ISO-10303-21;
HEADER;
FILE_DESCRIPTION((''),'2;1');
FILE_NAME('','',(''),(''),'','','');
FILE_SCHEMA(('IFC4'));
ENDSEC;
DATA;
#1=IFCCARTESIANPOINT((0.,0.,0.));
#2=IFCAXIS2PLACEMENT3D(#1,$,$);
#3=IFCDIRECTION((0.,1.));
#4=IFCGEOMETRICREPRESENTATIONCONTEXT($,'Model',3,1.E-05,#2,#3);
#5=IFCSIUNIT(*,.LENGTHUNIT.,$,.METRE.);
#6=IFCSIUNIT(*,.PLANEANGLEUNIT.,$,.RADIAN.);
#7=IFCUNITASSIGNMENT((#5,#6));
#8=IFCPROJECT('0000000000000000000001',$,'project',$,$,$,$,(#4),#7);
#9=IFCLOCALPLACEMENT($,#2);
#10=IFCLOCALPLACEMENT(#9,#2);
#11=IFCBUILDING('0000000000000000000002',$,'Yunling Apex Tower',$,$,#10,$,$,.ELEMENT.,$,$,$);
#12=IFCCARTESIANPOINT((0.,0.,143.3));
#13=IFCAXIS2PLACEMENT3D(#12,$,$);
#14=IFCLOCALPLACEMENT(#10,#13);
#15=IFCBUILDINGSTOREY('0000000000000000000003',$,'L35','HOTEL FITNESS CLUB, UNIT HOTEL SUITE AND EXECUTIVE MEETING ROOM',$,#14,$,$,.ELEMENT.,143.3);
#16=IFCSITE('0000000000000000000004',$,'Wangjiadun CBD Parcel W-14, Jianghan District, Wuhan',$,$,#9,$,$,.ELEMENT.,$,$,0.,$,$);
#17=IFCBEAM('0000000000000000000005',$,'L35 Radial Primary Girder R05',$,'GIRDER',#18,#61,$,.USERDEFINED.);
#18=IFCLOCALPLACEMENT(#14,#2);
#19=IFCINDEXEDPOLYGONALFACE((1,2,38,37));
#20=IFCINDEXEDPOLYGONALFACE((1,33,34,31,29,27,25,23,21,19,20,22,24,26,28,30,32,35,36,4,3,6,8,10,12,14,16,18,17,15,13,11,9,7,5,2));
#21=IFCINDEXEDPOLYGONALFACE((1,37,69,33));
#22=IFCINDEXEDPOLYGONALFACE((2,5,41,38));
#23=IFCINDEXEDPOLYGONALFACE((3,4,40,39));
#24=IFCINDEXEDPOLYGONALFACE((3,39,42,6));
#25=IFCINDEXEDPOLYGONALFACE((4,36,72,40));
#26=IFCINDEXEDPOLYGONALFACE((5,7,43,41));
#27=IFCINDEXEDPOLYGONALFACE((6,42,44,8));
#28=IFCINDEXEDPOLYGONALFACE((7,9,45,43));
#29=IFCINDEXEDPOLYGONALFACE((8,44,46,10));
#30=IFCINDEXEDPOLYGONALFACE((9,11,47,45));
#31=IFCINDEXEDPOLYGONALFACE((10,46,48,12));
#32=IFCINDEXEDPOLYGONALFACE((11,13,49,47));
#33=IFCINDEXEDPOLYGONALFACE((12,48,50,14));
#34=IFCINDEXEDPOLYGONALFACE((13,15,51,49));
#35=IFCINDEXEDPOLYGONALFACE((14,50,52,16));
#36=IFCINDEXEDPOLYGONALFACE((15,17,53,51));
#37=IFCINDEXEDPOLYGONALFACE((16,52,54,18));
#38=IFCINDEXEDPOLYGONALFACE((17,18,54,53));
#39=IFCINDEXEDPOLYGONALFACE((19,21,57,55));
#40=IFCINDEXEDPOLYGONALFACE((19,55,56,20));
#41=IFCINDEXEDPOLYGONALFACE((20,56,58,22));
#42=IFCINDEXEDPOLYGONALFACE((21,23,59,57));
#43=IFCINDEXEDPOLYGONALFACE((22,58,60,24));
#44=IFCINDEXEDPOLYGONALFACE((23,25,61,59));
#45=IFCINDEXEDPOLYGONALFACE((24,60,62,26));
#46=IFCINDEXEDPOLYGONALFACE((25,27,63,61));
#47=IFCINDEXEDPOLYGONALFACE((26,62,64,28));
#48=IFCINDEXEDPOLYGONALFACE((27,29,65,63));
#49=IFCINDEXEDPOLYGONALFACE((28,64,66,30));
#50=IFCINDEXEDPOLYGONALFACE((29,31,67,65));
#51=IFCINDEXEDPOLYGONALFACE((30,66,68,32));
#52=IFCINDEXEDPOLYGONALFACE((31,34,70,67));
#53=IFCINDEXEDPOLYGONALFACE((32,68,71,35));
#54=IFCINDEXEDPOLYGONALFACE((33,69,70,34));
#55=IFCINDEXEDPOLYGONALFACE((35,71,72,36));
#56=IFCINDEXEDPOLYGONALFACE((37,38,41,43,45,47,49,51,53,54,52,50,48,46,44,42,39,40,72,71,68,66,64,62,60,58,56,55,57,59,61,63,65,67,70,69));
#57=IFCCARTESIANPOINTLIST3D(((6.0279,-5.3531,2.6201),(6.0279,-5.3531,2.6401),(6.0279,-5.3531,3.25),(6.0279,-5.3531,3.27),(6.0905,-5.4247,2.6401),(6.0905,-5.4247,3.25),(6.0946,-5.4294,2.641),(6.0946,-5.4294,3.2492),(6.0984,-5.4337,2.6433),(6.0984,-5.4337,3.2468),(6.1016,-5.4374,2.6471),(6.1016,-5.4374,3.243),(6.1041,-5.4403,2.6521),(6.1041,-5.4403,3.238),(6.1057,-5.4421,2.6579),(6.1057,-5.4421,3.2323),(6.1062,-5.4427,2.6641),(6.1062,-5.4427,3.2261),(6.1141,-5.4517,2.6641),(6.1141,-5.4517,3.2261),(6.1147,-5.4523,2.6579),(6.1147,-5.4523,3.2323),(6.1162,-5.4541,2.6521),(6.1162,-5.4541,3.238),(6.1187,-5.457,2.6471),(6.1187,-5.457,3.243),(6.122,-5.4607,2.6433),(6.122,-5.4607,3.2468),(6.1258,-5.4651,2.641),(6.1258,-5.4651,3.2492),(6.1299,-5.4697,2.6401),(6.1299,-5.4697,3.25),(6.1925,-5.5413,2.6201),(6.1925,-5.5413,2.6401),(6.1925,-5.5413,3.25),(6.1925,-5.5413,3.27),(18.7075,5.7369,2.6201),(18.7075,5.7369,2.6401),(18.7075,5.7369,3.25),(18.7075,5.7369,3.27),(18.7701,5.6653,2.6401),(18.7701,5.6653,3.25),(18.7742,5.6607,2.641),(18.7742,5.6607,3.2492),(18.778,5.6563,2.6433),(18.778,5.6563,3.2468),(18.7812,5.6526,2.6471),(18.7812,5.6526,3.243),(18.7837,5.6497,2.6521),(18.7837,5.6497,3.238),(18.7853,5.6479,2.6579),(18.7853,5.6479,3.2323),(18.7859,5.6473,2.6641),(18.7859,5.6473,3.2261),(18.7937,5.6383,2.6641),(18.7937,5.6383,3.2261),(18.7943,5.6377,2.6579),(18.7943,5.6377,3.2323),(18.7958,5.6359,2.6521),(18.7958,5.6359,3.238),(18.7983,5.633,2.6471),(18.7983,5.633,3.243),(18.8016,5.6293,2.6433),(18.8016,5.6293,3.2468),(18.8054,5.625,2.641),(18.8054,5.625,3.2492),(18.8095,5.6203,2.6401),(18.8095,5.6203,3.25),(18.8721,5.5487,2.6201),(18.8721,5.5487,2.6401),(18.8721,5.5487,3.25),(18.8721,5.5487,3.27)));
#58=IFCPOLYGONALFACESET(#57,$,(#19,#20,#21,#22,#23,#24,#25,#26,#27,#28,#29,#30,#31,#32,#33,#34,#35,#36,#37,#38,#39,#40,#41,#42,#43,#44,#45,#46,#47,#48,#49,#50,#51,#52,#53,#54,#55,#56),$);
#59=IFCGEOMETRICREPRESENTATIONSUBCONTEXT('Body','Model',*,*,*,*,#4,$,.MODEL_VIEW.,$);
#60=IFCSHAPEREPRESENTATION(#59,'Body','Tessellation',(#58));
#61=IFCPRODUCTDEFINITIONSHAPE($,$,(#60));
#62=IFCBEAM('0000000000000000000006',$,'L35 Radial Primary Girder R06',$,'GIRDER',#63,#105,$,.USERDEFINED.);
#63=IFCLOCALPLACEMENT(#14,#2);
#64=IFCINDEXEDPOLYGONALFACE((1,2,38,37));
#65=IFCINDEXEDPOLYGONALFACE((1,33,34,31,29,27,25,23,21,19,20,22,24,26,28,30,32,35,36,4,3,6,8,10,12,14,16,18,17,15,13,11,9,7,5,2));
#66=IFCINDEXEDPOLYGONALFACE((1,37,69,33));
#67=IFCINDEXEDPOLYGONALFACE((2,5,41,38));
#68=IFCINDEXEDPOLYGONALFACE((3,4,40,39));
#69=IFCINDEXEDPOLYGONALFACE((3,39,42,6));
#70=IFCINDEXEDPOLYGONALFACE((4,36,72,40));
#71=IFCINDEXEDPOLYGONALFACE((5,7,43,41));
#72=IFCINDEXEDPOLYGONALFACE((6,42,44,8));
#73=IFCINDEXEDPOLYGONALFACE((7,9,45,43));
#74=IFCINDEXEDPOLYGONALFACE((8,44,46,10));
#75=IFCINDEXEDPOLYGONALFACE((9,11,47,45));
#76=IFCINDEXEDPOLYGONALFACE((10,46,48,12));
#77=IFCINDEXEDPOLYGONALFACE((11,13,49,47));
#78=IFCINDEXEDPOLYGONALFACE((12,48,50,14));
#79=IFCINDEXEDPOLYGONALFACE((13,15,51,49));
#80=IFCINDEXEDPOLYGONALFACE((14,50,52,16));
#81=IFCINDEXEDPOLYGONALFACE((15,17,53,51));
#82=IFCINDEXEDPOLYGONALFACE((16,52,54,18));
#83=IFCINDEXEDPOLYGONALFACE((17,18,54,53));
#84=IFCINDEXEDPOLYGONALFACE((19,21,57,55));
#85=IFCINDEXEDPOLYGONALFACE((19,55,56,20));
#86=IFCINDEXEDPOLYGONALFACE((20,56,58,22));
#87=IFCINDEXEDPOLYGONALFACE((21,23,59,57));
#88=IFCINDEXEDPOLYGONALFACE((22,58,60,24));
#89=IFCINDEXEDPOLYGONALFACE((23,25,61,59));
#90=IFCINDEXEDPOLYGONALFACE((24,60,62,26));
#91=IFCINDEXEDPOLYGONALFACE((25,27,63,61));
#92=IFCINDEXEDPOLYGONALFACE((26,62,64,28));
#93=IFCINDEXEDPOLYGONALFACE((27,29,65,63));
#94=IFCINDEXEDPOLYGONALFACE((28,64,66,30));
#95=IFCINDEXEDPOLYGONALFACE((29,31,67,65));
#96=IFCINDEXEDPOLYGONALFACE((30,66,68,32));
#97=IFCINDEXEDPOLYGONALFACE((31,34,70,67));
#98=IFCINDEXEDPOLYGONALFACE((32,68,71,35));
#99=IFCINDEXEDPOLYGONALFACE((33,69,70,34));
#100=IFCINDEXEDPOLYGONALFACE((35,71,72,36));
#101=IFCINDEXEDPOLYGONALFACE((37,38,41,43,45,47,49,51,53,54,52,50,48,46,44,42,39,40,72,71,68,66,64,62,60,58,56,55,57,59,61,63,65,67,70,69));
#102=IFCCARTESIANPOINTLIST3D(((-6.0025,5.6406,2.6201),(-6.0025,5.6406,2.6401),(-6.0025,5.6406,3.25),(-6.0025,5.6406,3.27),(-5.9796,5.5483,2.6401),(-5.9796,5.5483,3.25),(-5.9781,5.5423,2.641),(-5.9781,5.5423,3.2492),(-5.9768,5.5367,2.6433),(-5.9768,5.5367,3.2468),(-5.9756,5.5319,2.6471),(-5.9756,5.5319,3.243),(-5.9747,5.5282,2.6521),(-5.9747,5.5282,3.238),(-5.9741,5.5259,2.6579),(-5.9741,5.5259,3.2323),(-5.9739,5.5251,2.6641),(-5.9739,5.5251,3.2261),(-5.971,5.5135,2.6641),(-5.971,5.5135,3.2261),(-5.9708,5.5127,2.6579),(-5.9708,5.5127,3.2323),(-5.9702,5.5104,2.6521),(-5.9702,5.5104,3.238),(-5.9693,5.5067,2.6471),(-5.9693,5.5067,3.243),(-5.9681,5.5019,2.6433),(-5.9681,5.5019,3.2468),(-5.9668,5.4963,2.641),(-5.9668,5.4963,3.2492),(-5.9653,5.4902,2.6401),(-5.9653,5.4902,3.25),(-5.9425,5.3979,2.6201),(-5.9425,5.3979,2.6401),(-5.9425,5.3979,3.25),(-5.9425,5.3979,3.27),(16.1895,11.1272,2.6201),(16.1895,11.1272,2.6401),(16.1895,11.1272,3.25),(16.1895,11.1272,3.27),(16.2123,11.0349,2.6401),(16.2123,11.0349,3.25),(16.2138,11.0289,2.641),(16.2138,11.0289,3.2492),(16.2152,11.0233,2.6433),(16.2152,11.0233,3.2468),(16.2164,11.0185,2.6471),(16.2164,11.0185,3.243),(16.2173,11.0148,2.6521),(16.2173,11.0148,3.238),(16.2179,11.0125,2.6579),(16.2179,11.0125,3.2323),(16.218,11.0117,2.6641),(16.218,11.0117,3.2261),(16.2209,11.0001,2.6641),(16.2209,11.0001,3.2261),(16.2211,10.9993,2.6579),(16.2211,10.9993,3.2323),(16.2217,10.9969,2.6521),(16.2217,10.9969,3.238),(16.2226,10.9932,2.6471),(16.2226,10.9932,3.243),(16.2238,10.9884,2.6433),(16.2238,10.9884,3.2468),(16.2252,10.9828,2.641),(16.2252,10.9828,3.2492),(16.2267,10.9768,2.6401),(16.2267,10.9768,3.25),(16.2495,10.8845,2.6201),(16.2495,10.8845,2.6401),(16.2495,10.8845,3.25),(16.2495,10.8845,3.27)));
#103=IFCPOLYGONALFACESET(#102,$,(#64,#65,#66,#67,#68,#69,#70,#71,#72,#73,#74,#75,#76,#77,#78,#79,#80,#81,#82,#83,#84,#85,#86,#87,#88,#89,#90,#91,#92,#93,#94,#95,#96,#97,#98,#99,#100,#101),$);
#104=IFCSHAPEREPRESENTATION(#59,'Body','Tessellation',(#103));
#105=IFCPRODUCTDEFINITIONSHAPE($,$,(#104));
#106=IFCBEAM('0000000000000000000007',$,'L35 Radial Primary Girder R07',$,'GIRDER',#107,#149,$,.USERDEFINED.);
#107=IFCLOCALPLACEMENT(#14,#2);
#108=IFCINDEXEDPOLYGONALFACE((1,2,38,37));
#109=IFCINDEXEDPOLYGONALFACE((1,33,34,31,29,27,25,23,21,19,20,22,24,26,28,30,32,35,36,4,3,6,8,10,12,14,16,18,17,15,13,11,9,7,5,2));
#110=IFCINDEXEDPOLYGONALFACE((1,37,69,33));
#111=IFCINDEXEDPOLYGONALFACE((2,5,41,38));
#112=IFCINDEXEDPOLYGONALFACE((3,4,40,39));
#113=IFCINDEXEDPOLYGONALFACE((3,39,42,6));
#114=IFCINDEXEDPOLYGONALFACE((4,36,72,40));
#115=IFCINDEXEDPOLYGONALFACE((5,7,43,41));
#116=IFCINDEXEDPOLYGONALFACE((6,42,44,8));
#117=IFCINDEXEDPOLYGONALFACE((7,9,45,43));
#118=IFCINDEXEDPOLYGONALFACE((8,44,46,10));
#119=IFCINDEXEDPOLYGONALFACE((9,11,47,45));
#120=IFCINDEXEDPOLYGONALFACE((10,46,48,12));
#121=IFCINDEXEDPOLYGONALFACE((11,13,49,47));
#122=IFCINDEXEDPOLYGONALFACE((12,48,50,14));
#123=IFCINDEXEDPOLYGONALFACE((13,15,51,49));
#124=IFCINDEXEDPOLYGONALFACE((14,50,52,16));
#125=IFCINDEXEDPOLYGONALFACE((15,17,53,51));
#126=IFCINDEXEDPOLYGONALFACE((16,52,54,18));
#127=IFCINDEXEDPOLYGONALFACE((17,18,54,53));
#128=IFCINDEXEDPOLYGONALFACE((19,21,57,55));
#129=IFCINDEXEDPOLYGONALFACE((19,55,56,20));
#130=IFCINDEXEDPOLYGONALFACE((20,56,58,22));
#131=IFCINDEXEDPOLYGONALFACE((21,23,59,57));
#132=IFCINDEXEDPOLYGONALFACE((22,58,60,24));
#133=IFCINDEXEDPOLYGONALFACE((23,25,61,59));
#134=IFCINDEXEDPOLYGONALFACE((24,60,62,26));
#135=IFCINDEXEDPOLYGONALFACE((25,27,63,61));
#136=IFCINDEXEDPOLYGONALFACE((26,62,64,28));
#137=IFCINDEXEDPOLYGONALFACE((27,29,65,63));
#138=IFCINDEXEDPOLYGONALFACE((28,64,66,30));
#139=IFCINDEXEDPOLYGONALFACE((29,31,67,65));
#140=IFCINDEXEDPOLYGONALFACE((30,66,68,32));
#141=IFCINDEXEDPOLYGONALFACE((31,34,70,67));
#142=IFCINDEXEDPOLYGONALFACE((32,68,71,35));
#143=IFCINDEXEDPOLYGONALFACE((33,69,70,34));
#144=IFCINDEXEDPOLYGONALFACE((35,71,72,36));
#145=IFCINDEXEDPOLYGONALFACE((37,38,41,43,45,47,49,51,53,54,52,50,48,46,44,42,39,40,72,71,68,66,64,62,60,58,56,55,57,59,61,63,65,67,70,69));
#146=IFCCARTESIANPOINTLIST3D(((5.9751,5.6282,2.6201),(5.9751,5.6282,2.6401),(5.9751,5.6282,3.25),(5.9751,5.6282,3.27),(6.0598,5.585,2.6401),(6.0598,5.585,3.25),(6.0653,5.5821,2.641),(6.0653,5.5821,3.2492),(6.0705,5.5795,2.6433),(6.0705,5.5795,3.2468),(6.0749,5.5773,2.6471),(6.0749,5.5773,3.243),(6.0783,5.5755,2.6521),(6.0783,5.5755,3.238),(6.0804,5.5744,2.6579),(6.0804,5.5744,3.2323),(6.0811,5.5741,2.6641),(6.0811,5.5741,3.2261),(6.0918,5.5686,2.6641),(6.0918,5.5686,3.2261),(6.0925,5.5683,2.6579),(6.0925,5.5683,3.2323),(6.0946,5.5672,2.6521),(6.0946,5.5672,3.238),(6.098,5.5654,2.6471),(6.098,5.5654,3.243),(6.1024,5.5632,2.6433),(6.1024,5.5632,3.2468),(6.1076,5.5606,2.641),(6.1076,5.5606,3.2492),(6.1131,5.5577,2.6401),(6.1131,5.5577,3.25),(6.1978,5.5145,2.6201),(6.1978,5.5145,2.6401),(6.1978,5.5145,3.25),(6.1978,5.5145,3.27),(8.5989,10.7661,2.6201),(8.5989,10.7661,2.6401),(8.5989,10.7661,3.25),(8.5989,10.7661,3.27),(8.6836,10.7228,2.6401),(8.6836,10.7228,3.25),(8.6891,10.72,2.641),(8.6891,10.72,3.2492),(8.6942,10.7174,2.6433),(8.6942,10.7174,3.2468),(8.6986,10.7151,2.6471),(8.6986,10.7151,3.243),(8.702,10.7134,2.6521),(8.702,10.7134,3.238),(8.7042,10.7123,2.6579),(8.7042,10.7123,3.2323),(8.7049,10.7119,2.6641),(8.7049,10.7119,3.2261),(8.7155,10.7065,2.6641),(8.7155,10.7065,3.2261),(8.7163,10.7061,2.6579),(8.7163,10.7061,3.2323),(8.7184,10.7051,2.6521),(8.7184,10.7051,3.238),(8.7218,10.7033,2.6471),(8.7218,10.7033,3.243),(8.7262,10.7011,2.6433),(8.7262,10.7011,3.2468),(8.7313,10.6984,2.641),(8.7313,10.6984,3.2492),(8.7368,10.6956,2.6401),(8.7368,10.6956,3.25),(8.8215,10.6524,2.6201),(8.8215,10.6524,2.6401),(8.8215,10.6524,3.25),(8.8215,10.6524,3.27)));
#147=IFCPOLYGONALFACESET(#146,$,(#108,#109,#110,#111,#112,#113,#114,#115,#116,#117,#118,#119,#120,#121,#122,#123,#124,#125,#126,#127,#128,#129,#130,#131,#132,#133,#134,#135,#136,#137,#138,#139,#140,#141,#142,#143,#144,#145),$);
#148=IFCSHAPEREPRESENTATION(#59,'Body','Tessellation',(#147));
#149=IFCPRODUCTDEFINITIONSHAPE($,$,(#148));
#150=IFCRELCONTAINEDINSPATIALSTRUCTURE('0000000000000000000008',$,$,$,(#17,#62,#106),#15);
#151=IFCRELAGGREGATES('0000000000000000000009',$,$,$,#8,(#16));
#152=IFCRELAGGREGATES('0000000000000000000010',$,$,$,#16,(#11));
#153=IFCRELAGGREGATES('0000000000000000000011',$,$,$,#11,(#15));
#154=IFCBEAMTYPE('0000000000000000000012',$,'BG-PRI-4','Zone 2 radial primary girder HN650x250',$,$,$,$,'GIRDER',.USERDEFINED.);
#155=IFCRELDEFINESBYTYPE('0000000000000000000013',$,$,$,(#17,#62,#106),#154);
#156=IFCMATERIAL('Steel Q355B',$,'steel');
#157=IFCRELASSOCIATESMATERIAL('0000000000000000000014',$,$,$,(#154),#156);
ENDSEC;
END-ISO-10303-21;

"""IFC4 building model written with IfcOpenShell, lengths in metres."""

from ifc_helpers import new_model, si_unit, direction, frame, origin, origin_2d, place, context, subcontext, project, spatial, i_section, extrude, source, transform, mapped, material, material_profile, profile_set, type_object, element, save


model = new_model("IFC4")

# Units and contexts
model_context = context("Model", 3, precision=1e-05, world=origin(), true_north=direction((0.0, 1.0)))
body_context = subcontext(model_context, "Body", "Model", "MODEL_VIEW")
ifc_project = project(units=[si_unit("LENGTHUNIT", "METRE"), si_unit("PLANEANGLEUNIT", "RADIAN")], contexts=[model_context])

# Site, building, storey
site_placement = place(None, origin())
site = spatial("IfcSite", under=ifc_project, at=site_placement, Name="Wangjiadun CBD Parcel W-14, Jianghan District, Wuhan", CompositionType="ELEMENT", RefElevation=0.0)
building_placement = place(site_placement, origin())
building = spatial("IfcBuilding", under=site, at=building_placement, Name="Yunling Apex Tower", CompositionType="ELEMENT")
storey_placement = place(building_placement, frame((0.0, 0.0, 143.3)))
storey = spatial("IfcBuildingStorey", under=building, at=storey_placement, Name="L35", Description="HOTEL FITNESS CLUB, UNIT HOTEL SUITE AND EXECUTIVE MEETING ROOM", CompositionType="ELEMENT", Elevation=143.3)

# Beams
ifc_material_1 = material(Name="Steel Q355B", Category="steel")
ifc_material_profile_1 = material_profile(ifc_material_1, i_section(OverallWidth=0.25, OverallDepth=0.6499, WebThickness=0.012, FlangeThickness=0.02, FilletRadius=0.0239, at=origin_2d()))
ifc_profile_set_1 = profile_set([ifc_material_profile_1], Name="Steel Q355B")
beam_type_1 = type_object("IfcBeamType", Name="BG-PRI-4", Description="Zone 2 radial primary girder HN650x250", ElementType="GIRDER", PredefinedType="USERDEFINED", material=ifc_profile_set_1)
shared_shape_1 = source(origin(), body_context, "Body", "SweptSolid", [
    extrude(i_section(OverallWidth=0.25, OverallDepth=0.6499, WebThickness=0.012, FlangeThickness=0.02, FilletRadius=0.0239, at=origin_2d()), origin(), (0.0, 0.0, 1.0), 16.8452),
])
beam_1_placement = place(storey_placement, frame((18.7898, 5.6428, 2.9451), z_axis=(-0.752713, -0.658349, 0.0), x_axis=(0.658349, -0.752713, 0.0)))
element("IfcBeam", 1, at=beam_1_placement, inside=storey, type_object=beam_type_1, Name="L35 Radial Primary Girder R05", ObjectType="GIRDER", PredefinedType="USERDEFINED", context=body_context, shape_type="MappedRepresentation", body=[
    mapped(shared_shape_1, transform((0.0, 0.0, 0.0), scale=1.0)),
])
shared_shape_2 = source(origin(), body_context, "Body", "SweptSolid", [
    extrude(i_section(OverallWidth=0.25, OverallDepth=0.6499, WebThickness=0.012, FlangeThickness=0.02, FilletRadius=0.0239, at=origin_2d()), origin(), (0.0, 0.0, 1.0), 22.8601),
])
beam_2_placement = place(storey_placement, frame((16.2195, 11.0059, 2.9451), z_axis=(-0.970771, -0.240007, 0.0), x_axis=(0.240007, -0.970771, 0.0)))
element("IfcBeam", 2, at=beam_2_placement, inside=storey, type_object=beam_type_1, Name="L35 Radial Primary Girder R06", ObjectType="GIRDER", PredefinedType="USERDEFINED", context=body_context, shape_type="MappedRepresentation", body=[
    mapped(shared_shape_2, transform((0.0, 0.0, 0.0), scale=1.0)),
])
shared_shape_3 = source(origin(), body_context, "Body", "SweptSolid", [
    extrude(i_section(OverallWidth=0.25, OverallDepth=0.6499, WebThickness=0.012, FlangeThickness=0.02, FilletRadius=0.0239, at=origin_2d()), origin(), (0.0, 0.0, 1.0), 5.769),
])
beam_3_placement = place(storey_placement, frame((8.7102, 10.7092, 2.9451), z_axis=(-0.454798, -0.890595, 0.0), x_axis=(0.890595, -0.454798, 0.0)))
element("IfcBeam", 3, at=beam_3_placement, inside=storey, type_object=beam_type_1, Name="L35 Radial Primary Girder R07", ObjectType="GIRDER", PredefinedType="USERDEFINED", context=body_context, shape_type="MappedRepresentation", body=[
    mapped(shared_shape_3, transform((0.0, 0.0, 0.0), scale=1.0)),
])

save(model, "model.ifc")
